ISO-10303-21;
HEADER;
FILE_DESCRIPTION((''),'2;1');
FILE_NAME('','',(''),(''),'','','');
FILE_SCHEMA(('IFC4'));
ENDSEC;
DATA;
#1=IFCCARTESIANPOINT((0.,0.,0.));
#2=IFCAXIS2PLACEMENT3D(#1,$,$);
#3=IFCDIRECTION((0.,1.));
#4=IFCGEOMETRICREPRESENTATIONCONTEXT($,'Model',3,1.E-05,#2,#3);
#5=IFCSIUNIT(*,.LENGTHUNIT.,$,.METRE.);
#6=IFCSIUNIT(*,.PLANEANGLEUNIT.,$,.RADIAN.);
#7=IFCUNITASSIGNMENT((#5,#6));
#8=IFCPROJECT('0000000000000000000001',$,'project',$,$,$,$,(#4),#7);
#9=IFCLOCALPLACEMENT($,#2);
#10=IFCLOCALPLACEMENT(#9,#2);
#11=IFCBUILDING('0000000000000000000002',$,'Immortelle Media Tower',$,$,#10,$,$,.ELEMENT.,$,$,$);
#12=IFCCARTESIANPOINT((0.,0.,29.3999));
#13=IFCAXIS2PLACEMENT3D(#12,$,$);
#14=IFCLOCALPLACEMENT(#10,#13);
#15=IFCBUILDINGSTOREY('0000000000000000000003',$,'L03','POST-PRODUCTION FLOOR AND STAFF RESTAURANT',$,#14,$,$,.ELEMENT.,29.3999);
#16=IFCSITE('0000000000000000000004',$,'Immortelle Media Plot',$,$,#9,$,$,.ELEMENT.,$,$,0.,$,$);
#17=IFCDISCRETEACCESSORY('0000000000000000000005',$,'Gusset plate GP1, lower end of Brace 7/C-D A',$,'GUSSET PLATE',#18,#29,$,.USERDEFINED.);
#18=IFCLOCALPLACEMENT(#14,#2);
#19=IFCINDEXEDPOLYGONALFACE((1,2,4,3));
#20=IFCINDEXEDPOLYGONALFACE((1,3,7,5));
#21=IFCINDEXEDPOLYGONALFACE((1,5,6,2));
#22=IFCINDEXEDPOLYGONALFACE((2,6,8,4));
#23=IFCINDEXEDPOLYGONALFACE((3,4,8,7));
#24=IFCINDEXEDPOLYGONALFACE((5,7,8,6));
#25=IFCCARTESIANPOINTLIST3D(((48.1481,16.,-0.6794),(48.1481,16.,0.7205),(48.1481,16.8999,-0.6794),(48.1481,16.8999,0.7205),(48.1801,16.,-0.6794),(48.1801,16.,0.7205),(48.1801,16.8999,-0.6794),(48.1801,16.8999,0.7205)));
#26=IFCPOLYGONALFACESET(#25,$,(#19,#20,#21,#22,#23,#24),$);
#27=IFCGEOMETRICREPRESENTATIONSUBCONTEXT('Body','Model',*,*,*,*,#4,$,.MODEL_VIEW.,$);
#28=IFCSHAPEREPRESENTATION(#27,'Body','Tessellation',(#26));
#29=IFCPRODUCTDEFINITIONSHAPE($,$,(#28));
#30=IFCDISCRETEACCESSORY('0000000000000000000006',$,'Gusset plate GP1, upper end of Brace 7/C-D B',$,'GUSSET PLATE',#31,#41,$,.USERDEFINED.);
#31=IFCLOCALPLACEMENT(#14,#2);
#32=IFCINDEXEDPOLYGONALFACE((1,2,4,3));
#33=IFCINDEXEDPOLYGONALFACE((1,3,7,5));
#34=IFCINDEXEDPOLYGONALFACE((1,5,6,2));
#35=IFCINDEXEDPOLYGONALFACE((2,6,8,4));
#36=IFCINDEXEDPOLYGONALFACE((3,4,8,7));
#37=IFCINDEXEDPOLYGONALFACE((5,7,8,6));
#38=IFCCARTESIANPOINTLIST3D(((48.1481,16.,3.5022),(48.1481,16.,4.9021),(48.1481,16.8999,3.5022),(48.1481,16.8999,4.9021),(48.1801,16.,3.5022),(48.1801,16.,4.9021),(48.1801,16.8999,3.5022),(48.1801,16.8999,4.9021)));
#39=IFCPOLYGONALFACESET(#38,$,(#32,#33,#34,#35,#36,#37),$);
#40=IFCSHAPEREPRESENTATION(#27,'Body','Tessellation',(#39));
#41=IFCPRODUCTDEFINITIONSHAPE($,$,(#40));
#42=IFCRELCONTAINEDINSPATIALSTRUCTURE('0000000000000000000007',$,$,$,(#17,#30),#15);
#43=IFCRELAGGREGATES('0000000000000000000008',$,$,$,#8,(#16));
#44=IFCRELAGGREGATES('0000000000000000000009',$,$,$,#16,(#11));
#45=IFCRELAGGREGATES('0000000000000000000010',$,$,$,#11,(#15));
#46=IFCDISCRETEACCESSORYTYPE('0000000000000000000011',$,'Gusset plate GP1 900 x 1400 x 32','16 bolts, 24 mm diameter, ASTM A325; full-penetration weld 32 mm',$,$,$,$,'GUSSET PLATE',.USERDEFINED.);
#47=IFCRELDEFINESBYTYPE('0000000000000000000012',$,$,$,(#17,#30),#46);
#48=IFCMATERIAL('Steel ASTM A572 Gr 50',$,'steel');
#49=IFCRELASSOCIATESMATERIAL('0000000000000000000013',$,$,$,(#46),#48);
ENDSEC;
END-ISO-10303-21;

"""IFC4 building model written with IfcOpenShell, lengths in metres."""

from ifc_helpers import new_model, si_unit, direction, frame, origin, origin_2d, place, context, subcontext, project, spatial, rectangle, extrude, material, material_profile, profile_set, type_object, element, save


model = new_model("IFC4")

# Units and contexts
model_context = context("Model", 3, precision=1e-05, world=origin(), true_north=direction((0.0, 1.0)))
body_context = subcontext(model_context, "Body", "Model", "MODEL_VIEW")
ifc_project = project(units=[si_unit("LENGTHUNIT", "METRE"), si_unit("PLANEANGLEUNIT", "RADIAN")], contexts=[model_context])

# Site, building, storey
site_placement = place(None, origin())
site = spatial("IfcSite", under=ifc_project, at=site_placement, Name="Immortelle Media Plot", CompositionType="ELEMENT", RefElevation=0.0)
building_placement = place(site_placement, origin())
building = spatial("IfcBuilding", under=site, at=building_placement, Name="Immortelle Media Tower", CompositionType="ELEMENT")
storey_placement = place(building_placement, frame((0.0, 0.0, 29.3999)))
storey = spatial("IfcBuildingStorey", under=building, at=storey_placement, Name="L03", Description="POST-PRODUCTION FLOOR AND STAFF RESTAURANT", CompositionType="ELEMENT", Elevation=29.3999)

# Discrete accessories
ifc_material_1 = material(Name="Steel ASTM A572 Gr 50", Category="steel")
ifc_material_profile_1 = material_profile(ifc_material_1, rectangle(XDim=0.032, YDim=1.3999, at=origin_2d()), Name="PL 32 x 1400")
ifc_profile_set_1 = profile_set([ifc_material_profile_1], Name="Steel ASTM A572 Gr 50")
discrete_accessory_type_1 = type_object("IfcDiscreteAccessoryType", Name="Gusset plate GP1 900 x 1400 x 32", Description="16 bolts, 24 mm diameter, ASTM A325; full-penetration weld 32 mm", ElementType="GUSSET PLATE", PredefinedType="USERDEFINED", material=ifc_profile_set_1)
for number, where, z_axis, x_axis, name in (
    (1, (48.1641, 16.0, 0.0205), (0.0, 1.0, 0.0), (-1.0, 0.0, 0.0), "Gusset plate GP1, lower end of Brace 7/C-D A"),
    (2, (48.1641, 16.0, 4.2021), (0.0, 1.0, 0.0), (-1.0, 0.0, 0.0), "Gusset plate GP1, upper end of Brace 7/C-D B"),
):
    element("IfcDiscreteAccessory", number, at=place(storey_placement, frame(where, z_axis=z_axis, x_axis=x_axis)), inside=storey, type_object=discrete_accessory_type_1, Name=name, ObjectType="GUSSET PLATE", PredefinedType="USERDEFINED", context=body_context, shape_type="SweptSolid", body=[
        extrude(rectangle(XDim=0.032, YDim=1.3999, at=origin_2d()), origin(), (0.0, 0.0, 1.0), 0.8999),
    ])

save(model, "model.ifc")
